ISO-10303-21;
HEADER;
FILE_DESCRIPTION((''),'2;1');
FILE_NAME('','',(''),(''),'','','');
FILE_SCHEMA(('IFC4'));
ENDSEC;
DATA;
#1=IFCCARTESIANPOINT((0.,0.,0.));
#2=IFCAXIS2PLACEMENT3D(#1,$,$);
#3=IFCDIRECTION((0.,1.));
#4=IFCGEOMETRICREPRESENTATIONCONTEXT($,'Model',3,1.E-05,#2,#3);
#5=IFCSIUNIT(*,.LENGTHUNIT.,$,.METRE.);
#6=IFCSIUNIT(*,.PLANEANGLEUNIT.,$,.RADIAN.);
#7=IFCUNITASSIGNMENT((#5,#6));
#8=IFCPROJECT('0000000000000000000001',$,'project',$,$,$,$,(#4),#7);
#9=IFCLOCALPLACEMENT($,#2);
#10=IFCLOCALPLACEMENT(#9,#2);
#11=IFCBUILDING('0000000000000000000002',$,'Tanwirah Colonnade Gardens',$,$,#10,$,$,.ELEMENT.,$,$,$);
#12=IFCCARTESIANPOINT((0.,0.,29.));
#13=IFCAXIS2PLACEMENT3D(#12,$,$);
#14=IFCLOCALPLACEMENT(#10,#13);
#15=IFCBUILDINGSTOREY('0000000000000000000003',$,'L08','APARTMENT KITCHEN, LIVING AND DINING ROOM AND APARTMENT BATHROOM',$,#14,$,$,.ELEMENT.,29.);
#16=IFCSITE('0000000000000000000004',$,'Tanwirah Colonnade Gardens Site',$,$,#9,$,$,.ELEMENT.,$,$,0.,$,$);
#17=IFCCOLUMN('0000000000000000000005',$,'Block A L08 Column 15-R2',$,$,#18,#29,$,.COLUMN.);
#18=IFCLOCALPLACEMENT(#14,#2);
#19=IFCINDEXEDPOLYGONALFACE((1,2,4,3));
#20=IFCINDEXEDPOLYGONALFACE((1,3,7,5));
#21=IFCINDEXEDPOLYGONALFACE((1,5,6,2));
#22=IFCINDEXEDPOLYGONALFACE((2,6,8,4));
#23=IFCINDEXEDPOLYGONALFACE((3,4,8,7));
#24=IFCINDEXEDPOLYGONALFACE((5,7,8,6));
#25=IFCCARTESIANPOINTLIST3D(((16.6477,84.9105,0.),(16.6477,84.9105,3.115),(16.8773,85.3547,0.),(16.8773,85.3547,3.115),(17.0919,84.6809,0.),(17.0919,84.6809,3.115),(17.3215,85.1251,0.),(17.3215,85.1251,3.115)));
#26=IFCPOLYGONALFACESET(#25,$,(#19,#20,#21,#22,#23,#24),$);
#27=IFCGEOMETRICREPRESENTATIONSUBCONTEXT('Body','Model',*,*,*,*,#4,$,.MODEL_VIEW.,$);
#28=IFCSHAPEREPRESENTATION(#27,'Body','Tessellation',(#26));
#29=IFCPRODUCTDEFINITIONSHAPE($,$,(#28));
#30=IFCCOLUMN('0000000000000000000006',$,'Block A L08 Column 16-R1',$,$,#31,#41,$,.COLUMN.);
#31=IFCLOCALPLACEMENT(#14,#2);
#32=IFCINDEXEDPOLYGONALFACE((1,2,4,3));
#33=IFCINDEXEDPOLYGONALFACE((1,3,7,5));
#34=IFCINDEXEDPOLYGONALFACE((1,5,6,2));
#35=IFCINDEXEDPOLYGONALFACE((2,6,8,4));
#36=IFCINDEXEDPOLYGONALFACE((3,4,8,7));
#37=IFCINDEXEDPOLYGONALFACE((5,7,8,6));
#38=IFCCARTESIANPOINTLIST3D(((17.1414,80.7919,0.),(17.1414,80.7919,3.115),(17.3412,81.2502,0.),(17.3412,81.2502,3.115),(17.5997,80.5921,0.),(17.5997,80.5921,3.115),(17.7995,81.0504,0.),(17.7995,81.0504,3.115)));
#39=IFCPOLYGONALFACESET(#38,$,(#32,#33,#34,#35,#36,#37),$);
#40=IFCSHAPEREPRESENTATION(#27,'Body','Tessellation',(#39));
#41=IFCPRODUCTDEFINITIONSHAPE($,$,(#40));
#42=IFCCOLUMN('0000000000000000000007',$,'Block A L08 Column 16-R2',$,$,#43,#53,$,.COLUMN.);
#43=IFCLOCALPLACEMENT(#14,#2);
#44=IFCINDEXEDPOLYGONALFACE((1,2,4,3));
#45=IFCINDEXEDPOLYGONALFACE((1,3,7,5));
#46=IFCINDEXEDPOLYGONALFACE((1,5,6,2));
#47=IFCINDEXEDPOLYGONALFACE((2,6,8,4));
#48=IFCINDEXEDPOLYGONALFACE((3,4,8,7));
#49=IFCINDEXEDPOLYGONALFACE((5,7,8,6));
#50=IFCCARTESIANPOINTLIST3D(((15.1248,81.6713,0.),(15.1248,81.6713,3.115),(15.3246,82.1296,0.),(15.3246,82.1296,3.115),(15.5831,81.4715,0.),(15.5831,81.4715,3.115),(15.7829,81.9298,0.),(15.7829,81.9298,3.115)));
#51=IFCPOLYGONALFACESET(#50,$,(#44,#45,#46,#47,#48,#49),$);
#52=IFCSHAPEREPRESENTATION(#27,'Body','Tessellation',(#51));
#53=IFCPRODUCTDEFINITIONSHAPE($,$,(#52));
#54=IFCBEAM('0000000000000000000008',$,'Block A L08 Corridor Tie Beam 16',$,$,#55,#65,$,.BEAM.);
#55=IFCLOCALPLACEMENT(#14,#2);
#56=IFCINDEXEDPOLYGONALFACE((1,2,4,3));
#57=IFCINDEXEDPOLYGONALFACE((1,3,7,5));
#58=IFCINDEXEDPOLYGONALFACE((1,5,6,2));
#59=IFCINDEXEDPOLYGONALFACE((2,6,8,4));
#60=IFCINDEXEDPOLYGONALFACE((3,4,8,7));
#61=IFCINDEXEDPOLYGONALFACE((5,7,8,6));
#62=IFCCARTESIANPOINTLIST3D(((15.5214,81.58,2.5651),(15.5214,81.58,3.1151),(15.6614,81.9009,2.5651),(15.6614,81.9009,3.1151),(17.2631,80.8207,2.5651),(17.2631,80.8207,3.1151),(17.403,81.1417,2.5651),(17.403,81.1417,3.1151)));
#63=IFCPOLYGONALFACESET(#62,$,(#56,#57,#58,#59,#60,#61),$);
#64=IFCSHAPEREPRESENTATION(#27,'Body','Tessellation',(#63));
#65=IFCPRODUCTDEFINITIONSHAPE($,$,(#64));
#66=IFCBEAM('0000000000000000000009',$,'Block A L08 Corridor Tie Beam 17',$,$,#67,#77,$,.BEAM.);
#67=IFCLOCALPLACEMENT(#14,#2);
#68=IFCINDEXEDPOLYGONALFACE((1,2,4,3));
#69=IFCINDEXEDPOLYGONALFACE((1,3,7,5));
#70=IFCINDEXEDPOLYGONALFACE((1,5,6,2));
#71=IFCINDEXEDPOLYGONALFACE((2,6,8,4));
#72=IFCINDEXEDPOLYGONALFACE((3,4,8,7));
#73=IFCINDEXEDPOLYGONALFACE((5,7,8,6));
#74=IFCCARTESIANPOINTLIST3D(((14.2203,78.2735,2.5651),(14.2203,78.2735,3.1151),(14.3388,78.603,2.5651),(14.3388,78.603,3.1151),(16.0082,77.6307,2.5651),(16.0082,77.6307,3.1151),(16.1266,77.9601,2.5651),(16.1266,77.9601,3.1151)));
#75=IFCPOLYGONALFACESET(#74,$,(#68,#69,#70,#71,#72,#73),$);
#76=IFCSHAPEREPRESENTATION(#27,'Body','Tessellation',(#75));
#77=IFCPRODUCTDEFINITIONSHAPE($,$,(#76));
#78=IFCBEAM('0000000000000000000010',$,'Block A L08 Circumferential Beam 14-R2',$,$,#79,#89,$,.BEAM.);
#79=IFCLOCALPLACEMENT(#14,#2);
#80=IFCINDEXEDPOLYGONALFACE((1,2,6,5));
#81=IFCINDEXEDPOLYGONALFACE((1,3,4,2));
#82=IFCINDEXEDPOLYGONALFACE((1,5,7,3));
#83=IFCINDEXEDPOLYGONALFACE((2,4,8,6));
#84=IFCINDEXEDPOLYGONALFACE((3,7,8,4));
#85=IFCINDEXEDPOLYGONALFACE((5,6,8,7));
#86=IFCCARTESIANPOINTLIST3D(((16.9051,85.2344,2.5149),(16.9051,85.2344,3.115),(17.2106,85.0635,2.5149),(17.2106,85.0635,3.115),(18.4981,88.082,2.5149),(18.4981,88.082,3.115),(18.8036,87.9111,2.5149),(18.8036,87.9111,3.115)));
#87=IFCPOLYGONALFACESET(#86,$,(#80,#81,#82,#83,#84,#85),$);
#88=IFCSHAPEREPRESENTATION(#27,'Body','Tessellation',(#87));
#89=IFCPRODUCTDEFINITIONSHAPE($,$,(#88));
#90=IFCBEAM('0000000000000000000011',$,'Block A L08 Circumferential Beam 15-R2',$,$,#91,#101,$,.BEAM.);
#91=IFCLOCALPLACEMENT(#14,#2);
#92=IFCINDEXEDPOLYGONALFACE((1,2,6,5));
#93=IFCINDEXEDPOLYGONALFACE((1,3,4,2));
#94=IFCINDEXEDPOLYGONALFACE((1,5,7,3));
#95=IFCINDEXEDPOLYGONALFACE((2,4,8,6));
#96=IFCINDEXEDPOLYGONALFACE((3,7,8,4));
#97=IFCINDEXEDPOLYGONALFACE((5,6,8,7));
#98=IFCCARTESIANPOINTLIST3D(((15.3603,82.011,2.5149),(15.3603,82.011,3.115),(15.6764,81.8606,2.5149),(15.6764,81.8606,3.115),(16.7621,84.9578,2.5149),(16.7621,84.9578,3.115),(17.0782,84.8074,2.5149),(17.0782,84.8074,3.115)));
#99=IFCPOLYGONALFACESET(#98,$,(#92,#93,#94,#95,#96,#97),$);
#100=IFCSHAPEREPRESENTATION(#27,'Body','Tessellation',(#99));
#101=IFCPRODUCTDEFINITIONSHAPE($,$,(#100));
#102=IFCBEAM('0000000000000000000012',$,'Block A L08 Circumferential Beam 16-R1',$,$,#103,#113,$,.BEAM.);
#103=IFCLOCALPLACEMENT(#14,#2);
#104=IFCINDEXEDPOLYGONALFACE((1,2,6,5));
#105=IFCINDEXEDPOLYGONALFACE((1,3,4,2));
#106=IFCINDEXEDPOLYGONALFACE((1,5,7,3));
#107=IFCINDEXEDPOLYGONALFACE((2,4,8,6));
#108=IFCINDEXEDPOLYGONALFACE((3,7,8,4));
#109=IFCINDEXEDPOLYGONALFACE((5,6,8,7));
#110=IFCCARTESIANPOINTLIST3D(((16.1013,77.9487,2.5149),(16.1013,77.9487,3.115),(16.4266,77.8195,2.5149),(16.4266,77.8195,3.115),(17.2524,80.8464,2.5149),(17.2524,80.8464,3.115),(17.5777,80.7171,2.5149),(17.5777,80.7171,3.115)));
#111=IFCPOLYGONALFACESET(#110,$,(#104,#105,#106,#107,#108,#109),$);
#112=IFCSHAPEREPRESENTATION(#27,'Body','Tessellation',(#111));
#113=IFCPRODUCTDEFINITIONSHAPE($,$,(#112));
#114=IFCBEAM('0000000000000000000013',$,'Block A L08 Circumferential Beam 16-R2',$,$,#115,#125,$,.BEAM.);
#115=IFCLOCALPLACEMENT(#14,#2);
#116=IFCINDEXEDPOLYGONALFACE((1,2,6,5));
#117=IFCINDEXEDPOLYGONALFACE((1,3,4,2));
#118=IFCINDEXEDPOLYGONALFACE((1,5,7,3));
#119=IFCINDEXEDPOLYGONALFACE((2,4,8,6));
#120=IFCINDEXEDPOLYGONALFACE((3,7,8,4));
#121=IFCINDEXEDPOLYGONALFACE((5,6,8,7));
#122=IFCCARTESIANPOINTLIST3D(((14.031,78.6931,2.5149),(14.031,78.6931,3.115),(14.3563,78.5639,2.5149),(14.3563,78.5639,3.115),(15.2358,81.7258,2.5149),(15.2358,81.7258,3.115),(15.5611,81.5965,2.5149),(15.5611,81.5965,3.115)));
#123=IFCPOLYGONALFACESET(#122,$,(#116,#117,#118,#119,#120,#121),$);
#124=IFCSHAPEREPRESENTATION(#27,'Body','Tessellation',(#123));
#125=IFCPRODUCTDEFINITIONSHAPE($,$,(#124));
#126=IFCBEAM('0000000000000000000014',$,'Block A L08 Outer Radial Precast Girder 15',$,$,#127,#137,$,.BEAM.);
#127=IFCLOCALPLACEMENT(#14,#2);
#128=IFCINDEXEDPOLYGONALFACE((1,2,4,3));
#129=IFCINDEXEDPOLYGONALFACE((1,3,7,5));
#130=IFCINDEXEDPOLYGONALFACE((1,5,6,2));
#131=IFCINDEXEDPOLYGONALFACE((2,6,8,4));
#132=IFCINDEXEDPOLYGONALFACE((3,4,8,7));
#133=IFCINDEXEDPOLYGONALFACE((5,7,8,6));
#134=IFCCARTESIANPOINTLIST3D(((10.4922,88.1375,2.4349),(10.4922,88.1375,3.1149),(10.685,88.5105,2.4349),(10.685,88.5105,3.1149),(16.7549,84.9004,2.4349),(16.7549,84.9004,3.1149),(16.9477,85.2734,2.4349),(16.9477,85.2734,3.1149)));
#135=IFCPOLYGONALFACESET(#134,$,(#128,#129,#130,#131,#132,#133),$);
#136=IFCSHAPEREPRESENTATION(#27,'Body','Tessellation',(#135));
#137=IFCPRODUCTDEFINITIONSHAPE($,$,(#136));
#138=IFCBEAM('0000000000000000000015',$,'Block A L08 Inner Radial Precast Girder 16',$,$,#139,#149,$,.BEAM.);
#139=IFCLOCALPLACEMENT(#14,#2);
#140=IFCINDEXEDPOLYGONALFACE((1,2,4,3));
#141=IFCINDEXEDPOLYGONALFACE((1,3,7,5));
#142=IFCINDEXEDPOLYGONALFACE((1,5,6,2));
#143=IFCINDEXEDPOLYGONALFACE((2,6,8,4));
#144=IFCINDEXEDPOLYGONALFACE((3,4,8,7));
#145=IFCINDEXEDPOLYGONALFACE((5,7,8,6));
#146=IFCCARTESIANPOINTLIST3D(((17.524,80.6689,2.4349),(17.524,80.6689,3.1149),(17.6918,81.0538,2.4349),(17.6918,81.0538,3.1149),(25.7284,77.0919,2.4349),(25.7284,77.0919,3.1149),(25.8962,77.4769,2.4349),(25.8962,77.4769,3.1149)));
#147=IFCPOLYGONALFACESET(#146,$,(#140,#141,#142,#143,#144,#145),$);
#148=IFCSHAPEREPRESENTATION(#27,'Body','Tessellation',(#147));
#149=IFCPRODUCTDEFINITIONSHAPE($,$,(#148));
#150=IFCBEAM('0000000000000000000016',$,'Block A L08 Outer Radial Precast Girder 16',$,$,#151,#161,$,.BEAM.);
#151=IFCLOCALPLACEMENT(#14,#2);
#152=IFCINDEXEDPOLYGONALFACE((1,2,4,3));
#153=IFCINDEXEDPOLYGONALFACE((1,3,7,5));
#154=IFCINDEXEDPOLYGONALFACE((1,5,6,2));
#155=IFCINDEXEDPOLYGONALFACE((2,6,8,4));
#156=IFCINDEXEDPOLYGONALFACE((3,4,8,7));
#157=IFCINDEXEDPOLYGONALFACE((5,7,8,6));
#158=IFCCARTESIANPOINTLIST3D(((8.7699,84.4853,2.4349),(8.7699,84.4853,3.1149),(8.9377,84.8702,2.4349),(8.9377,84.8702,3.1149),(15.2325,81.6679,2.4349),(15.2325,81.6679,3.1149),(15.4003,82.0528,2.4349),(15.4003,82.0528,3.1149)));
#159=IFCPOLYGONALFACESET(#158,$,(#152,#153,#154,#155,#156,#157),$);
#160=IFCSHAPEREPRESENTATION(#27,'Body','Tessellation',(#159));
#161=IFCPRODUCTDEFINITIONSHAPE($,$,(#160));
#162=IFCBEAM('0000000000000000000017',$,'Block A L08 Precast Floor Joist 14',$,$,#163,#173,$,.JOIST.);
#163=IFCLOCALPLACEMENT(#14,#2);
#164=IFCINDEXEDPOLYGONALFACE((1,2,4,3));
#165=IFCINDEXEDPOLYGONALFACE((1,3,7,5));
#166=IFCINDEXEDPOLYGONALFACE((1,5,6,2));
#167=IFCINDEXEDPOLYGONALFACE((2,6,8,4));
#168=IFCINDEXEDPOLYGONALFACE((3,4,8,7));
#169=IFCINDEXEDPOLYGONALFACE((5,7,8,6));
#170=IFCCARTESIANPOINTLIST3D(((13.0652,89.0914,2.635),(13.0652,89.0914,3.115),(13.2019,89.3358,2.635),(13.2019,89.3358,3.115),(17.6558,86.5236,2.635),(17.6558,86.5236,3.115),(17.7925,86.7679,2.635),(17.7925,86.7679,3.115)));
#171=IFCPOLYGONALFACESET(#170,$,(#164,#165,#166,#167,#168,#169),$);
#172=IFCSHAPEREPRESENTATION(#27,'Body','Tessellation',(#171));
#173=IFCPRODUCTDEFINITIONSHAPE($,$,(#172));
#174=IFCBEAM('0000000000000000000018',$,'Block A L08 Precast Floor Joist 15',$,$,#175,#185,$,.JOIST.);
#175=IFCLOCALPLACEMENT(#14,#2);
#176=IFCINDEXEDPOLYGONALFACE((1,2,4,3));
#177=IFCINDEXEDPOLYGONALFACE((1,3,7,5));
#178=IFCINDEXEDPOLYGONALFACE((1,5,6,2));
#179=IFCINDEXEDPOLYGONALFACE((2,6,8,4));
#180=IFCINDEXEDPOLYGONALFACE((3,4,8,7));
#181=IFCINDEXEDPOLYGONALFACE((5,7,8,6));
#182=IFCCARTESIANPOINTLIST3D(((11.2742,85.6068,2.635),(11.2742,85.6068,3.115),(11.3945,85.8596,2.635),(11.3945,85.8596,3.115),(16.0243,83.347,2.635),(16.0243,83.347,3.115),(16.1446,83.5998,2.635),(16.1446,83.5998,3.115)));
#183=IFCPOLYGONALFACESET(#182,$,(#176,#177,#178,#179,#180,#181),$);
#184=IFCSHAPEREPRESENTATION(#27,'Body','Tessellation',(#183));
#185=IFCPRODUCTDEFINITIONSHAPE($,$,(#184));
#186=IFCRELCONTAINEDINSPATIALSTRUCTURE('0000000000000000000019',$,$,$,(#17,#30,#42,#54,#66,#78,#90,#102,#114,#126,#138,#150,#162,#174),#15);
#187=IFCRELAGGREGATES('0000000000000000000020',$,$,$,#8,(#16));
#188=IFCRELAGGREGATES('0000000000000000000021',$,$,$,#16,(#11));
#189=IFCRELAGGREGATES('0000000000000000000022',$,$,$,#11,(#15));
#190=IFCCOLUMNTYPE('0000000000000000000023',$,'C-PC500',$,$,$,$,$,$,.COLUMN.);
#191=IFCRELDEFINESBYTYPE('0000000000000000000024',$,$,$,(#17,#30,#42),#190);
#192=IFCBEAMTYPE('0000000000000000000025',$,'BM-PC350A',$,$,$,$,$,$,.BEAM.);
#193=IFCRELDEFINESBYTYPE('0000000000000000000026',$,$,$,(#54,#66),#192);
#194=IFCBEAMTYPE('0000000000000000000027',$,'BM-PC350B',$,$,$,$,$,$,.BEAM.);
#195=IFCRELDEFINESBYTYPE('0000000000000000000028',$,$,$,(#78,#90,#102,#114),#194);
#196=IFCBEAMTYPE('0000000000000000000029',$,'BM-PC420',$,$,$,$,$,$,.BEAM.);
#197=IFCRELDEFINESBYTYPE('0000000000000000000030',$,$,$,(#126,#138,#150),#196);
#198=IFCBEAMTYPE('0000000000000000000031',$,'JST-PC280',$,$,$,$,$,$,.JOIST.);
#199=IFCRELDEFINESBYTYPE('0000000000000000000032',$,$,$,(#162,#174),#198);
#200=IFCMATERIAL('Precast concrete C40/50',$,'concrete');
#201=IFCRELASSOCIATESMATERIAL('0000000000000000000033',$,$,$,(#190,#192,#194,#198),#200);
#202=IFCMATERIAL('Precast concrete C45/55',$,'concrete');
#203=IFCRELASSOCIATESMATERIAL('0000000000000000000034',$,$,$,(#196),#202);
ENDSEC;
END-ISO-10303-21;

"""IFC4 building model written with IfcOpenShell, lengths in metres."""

from ifc_helpers import new_model, si_unit, direction, frame, origin, origin_2d, place, context, subcontext, project, spatial, rectangle, extrude, material, material_profile, profile_set, type_object, element, save


model = new_model("IFC4")

# Units and contexts
model_context = context("Model", 3, precision=1e-05, world=origin(), true_north=direction((0.0, 1.0)))
body_context = subcontext(model_context, "Body", "Model", "MODEL_VIEW")
ifc_project = project(units=[si_unit("LENGTHUNIT", "METRE"), si_unit("PLANEANGLEUNIT", "RADIAN")], contexts=[model_context])

# Site, building, storey
site_placement = place(None, origin())
site = spatial("IfcSite", under=ifc_project, at=site_placement, Name="Tanwirah Colonnade Gardens Site", CompositionType="ELEMENT", RefElevation=0.0)
building_placement = place(site_placement, origin())
building = spatial("IfcBuilding", under=site, at=building_placement, Name="Tanwirah Colonnade Gardens", CompositionType="ELEMENT")
storey_placement = place(building_placement, frame((0.0, 0.0, 29.0)))
storey = spatial("IfcBuildingStorey", under=building, at=storey_placement, Name="L08", Description="APARTMENT KITCHEN, LIVING AND DINING ROOM AND APARTMENT BATHROOM", CompositionType="ELEMENT", Elevation=29.0)

# Columns
ifc_material_1 = material(Name="Precast concrete C40/50", Category="concrete")
ifc_material_profile_1 = material_profile(ifc_material_1, rectangle(XDim=0.5, YDim=0.5, at=origin_2d()), Name="PC-COL 500x500")
ifc_profile_set_1 = profile_set([ifc_material_profile_1], Name="Precast concrete C40/50")
column_type = type_object("IfcColumnType", Name="C-PC500", PredefinedType="COLUMN", material=ifc_profile_set_1)
for number, where, z_axis, x_axis, name in (
    (1, (16.9846, 85.0178, 0.0), (0.0, 0.0, 1.0), (-0.88835, 0.459166, 0.0), "Block A L08 Column 15-R2"),
    (2, (17.4705, 80.9211, 0.0), (0.0, 0.0, 1.0), (-0.916673, 0.399638, 0.0), "Block A L08 Column 16-R1"),
    (3, (15.4539, 81.8005, 0.0), (0.0, 0.0, 1.0), (-0.916673, 0.399638, 0.0), "Block A L08 Column 16-R2"),
):
    element("IfcColumn", number, at=place(storey_placement, frame(where, z_axis=z_axis, x_axis=x_axis)), inside=storey, type_object=column_type, Name=name, PredefinedType="COLUMN", context=body_context, shape_type="SweptSolid", body=[
        extrude(rectangle(XDim=0.5, YDim=0.5, at=origin_2d()), origin(), (0.0, 0.0, 1.0), 3.115),
    ])

# Beams
ifc_material_profile_2 = material_profile(ifc_material_1, rectangle(XDim=0.3501, YDim=0.55, at=origin_2d()), Name="PC-BM 350x550")
ifc_profile_set_2 = profile_set([ifc_material_profile_2], Name="Precast concrete C40/50")
beam_type_1 = type_object("IfcBeamType", Name="BM-PC350A", PredefinedType="BEAM", material=ifc_profile_set_2)
for number, where, z_axis, x_axis, name in (
    (4, (17.333, 80.9812, 2.8401), (-0.916681, 0.399619, 0.0), (-0.399619, -0.916681, 0.0), "Block A L08 Corridor Tie Beam 16"),
    (5, (16.0674, 77.7954, 2.8401), (-0.941022, 0.338346, 0.0), (-0.338346, -0.941022, 0.0), "Block A L08 Corridor Tie Beam 17"),
):
    element("IfcBeam", number, at=place(storey_placement, frame(where, z_axis=z_axis, x_axis=x_axis)), inside=storey, type_object=beam_type_1, Name=name, PredefinedType="BEAM", context=body_context, shape_type="SweptSolid", body=[
        extrude(rectangle(XDim=0.3501, YDim=0.55, at=origin_2d()), origin(), (0.0, 0.0, 1.0), 1.8999),
    ])
ifc_material_profile_3 = material_profile(ifc_material_1, rectangle(XDim=0.3501, YDim=0.6001, at=origin_2d()), Name="PC-BM 350x600")
ifc_profile_set_3 = profile_set([ifc_material_profile_3], Name="Precast concrete C40/50")
beam_type_2 = type_object("IfcBeamType", Name="BM-PC350B", PredefinedType="BEAM", material=ifc_profile_set_3)
beam_1_placement = place(storey_placement, frame((18.6509, 87.9966, 2.8149), z_axis=(-0.488214, -0.872724, 0.0), x_axis=(0.872724, -0.488214, 0.0)))
element("IfcBeam", 6, at=beam_1_placement, inside=storey, type_object=beam_type_2, Name="Block A L08 Circumferential Beam 14-R2", PredefinedType="BEAM", context=body_context, shape_type="SweptSolid", body=[
    extrude(rectangle(XDim=0.3501, YDim=0.6001, at=origin_2d()), origin(), (0.0, 0.0, 1.0), 3.2629),
])
beam_2_placement = place(storey_placement, frame((16.9202, 84.8826, 2.8149), z_axis=(-0.429591, -0.903024, 0.0), x_axis=(0.903024, -0.429591, 0.0)))
element("IfcBeam", 7, at=beam_2_placement, inside=storey, type_object=beam_type_2, Name="Block A L08 Circumferential Beam 15-R2", PredefinedType="BEAM", context=body_context, shape_type="SweptSolid", body=[
    extrude(rectangle(XDim=0.3501, YDim=0.6001, at=origin_2d()), origin(), (0.0, 0.0, 1.0), 3.2632),
])
beam_3_placement = place(storey_placement, frame((17.415, 80.7817, 2.8149), z_axis=(-0.369189, -0.929354, 0.0), x_axis=(0.929354, -0.369189, 0.0)))
element("IfcBeam", 8, at=beam_3_placement, inside=storey, type_object=beam_type_2, Name="Block A L08 Circumferential Beam 16-R1", PredefinedType="BEAM", context=body_context, shape_type="SweptSolid", body=[
    extrude(rectangle(XDim=0.3501, YDim=0.6001, at=origin_2d()), origin(), (0.0, 0.0, 1.0), 3.1179),
])
beam_4_placement = place(storey_placement, frame((15.3984, 81.6611, 2.8149), z_axis=(-0.36921, -0.929346, 0.0), x_axis=(0.929346, -0.36921, 0.0)))
element("IfcBeam", 9, at=beam_4_placement, inside=storey, type_object=beam_type_2, Name="Block A L08 Circumferential Beam 16-R2", PredefinedType="BEAM", context=body_context, shape_type="SweptSolid", body=[
    extrude(rectangle(XDim=0.3501, YDim=0.6001, at=origin_2d()), origin(), (0.0, 0.0, 1.0), 3.2632),
])
ifc_material_2 = material(Name="Precast concrete C45/55", Category="concrete")
ifc_material_profile_4 = material_profile(ifc_material_2, rectangle(XDim=0.4199, YDim=0.6799, at=origin_2d()), Name="PC-BM 420x680")
ifc_profile_set_4 = profile_set([ifc_material_profile_4], Name="Precast concrete C45/55")
beam_type_3 = type_object("IfcBeamType", Name="BM-PC420", PredefinedType="BEAM", material=ifc_profile_set_4)
beam_5_placement = place(storey_placement, frame((16.8513, 85.0869, 2.7749), z_axis=(-0.888349, 0.459169, 0.0), x_axis=(-0.459169, -0.888349, 0.0)))
element("IfcBeam", 10, at=beam_5_placement, inside=storey, type_object=beam_type_3, Name="Block A L08 Outer Radial Precast Girder 15", PredefinedType="BEAM", context=body_context, shape_type="SweptSolid", body=[
    extrude(rectangle(XDim=0.4199, YDim=0.6799, at=origin_2d()), origin(), (0.0, 0.0, 1.0), 7.0498),
])
beam_6_placement = place(storey_placement, frame((17.6079, 80.8613, 2.7749), z_axis=(0.916669, -0.399647, 0.0), x_axis=(0.399647, 0.916669, 0.0)))
element("IfcBeam", 11, at=beam_6_placement, inside=storey, type_object=beam_type_3, Name="Block A L08 Inner Radial Precast Girder 16", PredefinedType="BEAM", context=body_context, shape_type="SweptSolid", body=[
    extrude(rectangle(XDim=0.4199, YDim=0.6799, at=origin_2d()), origin(), (0.0, 0.0, 1.0), 8.9502),
])
beam_7_placement = place(storey_placement, frame((15.3164, 81.8604, 2.7749), z_axis=(-0.916679, 0.399625, 0.0), x_axis=(-0.399625, -0.916679, 0.0)))
element("IfcBeam", 12, at=beam_7_placement, inside=storey, type_object=beam_type_3, Name="Block A L08 Outer Radial Precast Girder 16", PredefinedType="BEAM", context=body_context, shape_type="SweptSolid", body=[
    extrude(rectangle(XDim=0.4199, YDim=0.6799, at=origin_2d()), origin(), (0.0, 0.0, 1.0), 7.05),
])
ifc_material_profile_5 = material_profile(ifc_material_1, rectangle(XDim=0.28, YDim=0.48, at=origin_2d()), Name="PC-JST 280x480")
ifc_profile_set_5 = profile_set([ifc_material_profile_5], Name="Precast concrete C40/50")
beam_type_4 = type_object("IfcBeamType", Name="JST-PC280", PredefinedType="JOIST", material=ifc_profile_set_5)
beam_8_placement = place(storey_placement, frame((17.7241, 86.6458, 2.875), z_axis=(-0.872737, 0.488191, 0.0), x_axis=(-0.488191, -0.872737, 0.0)))
element("IfcBeam", 13, at=beam_8_placement, inside=storey, type_object=beam_type_4, Name="Block A L08 Precast Floor Joist 14", PredefinedType="JOIST", context=body_context, shape_type="SweptSolid", body=[
    extrude(rectangle(XDim=0.28, YDim=0.48, at=origin_2d()), origin(), (0.0, 0.0, 1.0), 5.26),
])
beam_9_placement = place(storey_placement, frame((16.0845, 83.4734, 2.875), z_axis=(-0.903018, 0.429602, 0.0), x_axis=(-0.429602, -0.903018, 0.0)))
element("IfcBeam", 14, at=beam_9_placement, inside=storey, type_object=beam_type_4, Name="Block A L08 Precast Floor Joist 15", PredefinedType="JOIST", context=body_context, shape_type="SweptSolid", body=[
    extrude(rectangle(XDim=0.28, YDim=0.48, at=origin_2d()), origin(), (0.0, 0.0, 1.0), 5.2603),
])

save(model, "model.ifc")
